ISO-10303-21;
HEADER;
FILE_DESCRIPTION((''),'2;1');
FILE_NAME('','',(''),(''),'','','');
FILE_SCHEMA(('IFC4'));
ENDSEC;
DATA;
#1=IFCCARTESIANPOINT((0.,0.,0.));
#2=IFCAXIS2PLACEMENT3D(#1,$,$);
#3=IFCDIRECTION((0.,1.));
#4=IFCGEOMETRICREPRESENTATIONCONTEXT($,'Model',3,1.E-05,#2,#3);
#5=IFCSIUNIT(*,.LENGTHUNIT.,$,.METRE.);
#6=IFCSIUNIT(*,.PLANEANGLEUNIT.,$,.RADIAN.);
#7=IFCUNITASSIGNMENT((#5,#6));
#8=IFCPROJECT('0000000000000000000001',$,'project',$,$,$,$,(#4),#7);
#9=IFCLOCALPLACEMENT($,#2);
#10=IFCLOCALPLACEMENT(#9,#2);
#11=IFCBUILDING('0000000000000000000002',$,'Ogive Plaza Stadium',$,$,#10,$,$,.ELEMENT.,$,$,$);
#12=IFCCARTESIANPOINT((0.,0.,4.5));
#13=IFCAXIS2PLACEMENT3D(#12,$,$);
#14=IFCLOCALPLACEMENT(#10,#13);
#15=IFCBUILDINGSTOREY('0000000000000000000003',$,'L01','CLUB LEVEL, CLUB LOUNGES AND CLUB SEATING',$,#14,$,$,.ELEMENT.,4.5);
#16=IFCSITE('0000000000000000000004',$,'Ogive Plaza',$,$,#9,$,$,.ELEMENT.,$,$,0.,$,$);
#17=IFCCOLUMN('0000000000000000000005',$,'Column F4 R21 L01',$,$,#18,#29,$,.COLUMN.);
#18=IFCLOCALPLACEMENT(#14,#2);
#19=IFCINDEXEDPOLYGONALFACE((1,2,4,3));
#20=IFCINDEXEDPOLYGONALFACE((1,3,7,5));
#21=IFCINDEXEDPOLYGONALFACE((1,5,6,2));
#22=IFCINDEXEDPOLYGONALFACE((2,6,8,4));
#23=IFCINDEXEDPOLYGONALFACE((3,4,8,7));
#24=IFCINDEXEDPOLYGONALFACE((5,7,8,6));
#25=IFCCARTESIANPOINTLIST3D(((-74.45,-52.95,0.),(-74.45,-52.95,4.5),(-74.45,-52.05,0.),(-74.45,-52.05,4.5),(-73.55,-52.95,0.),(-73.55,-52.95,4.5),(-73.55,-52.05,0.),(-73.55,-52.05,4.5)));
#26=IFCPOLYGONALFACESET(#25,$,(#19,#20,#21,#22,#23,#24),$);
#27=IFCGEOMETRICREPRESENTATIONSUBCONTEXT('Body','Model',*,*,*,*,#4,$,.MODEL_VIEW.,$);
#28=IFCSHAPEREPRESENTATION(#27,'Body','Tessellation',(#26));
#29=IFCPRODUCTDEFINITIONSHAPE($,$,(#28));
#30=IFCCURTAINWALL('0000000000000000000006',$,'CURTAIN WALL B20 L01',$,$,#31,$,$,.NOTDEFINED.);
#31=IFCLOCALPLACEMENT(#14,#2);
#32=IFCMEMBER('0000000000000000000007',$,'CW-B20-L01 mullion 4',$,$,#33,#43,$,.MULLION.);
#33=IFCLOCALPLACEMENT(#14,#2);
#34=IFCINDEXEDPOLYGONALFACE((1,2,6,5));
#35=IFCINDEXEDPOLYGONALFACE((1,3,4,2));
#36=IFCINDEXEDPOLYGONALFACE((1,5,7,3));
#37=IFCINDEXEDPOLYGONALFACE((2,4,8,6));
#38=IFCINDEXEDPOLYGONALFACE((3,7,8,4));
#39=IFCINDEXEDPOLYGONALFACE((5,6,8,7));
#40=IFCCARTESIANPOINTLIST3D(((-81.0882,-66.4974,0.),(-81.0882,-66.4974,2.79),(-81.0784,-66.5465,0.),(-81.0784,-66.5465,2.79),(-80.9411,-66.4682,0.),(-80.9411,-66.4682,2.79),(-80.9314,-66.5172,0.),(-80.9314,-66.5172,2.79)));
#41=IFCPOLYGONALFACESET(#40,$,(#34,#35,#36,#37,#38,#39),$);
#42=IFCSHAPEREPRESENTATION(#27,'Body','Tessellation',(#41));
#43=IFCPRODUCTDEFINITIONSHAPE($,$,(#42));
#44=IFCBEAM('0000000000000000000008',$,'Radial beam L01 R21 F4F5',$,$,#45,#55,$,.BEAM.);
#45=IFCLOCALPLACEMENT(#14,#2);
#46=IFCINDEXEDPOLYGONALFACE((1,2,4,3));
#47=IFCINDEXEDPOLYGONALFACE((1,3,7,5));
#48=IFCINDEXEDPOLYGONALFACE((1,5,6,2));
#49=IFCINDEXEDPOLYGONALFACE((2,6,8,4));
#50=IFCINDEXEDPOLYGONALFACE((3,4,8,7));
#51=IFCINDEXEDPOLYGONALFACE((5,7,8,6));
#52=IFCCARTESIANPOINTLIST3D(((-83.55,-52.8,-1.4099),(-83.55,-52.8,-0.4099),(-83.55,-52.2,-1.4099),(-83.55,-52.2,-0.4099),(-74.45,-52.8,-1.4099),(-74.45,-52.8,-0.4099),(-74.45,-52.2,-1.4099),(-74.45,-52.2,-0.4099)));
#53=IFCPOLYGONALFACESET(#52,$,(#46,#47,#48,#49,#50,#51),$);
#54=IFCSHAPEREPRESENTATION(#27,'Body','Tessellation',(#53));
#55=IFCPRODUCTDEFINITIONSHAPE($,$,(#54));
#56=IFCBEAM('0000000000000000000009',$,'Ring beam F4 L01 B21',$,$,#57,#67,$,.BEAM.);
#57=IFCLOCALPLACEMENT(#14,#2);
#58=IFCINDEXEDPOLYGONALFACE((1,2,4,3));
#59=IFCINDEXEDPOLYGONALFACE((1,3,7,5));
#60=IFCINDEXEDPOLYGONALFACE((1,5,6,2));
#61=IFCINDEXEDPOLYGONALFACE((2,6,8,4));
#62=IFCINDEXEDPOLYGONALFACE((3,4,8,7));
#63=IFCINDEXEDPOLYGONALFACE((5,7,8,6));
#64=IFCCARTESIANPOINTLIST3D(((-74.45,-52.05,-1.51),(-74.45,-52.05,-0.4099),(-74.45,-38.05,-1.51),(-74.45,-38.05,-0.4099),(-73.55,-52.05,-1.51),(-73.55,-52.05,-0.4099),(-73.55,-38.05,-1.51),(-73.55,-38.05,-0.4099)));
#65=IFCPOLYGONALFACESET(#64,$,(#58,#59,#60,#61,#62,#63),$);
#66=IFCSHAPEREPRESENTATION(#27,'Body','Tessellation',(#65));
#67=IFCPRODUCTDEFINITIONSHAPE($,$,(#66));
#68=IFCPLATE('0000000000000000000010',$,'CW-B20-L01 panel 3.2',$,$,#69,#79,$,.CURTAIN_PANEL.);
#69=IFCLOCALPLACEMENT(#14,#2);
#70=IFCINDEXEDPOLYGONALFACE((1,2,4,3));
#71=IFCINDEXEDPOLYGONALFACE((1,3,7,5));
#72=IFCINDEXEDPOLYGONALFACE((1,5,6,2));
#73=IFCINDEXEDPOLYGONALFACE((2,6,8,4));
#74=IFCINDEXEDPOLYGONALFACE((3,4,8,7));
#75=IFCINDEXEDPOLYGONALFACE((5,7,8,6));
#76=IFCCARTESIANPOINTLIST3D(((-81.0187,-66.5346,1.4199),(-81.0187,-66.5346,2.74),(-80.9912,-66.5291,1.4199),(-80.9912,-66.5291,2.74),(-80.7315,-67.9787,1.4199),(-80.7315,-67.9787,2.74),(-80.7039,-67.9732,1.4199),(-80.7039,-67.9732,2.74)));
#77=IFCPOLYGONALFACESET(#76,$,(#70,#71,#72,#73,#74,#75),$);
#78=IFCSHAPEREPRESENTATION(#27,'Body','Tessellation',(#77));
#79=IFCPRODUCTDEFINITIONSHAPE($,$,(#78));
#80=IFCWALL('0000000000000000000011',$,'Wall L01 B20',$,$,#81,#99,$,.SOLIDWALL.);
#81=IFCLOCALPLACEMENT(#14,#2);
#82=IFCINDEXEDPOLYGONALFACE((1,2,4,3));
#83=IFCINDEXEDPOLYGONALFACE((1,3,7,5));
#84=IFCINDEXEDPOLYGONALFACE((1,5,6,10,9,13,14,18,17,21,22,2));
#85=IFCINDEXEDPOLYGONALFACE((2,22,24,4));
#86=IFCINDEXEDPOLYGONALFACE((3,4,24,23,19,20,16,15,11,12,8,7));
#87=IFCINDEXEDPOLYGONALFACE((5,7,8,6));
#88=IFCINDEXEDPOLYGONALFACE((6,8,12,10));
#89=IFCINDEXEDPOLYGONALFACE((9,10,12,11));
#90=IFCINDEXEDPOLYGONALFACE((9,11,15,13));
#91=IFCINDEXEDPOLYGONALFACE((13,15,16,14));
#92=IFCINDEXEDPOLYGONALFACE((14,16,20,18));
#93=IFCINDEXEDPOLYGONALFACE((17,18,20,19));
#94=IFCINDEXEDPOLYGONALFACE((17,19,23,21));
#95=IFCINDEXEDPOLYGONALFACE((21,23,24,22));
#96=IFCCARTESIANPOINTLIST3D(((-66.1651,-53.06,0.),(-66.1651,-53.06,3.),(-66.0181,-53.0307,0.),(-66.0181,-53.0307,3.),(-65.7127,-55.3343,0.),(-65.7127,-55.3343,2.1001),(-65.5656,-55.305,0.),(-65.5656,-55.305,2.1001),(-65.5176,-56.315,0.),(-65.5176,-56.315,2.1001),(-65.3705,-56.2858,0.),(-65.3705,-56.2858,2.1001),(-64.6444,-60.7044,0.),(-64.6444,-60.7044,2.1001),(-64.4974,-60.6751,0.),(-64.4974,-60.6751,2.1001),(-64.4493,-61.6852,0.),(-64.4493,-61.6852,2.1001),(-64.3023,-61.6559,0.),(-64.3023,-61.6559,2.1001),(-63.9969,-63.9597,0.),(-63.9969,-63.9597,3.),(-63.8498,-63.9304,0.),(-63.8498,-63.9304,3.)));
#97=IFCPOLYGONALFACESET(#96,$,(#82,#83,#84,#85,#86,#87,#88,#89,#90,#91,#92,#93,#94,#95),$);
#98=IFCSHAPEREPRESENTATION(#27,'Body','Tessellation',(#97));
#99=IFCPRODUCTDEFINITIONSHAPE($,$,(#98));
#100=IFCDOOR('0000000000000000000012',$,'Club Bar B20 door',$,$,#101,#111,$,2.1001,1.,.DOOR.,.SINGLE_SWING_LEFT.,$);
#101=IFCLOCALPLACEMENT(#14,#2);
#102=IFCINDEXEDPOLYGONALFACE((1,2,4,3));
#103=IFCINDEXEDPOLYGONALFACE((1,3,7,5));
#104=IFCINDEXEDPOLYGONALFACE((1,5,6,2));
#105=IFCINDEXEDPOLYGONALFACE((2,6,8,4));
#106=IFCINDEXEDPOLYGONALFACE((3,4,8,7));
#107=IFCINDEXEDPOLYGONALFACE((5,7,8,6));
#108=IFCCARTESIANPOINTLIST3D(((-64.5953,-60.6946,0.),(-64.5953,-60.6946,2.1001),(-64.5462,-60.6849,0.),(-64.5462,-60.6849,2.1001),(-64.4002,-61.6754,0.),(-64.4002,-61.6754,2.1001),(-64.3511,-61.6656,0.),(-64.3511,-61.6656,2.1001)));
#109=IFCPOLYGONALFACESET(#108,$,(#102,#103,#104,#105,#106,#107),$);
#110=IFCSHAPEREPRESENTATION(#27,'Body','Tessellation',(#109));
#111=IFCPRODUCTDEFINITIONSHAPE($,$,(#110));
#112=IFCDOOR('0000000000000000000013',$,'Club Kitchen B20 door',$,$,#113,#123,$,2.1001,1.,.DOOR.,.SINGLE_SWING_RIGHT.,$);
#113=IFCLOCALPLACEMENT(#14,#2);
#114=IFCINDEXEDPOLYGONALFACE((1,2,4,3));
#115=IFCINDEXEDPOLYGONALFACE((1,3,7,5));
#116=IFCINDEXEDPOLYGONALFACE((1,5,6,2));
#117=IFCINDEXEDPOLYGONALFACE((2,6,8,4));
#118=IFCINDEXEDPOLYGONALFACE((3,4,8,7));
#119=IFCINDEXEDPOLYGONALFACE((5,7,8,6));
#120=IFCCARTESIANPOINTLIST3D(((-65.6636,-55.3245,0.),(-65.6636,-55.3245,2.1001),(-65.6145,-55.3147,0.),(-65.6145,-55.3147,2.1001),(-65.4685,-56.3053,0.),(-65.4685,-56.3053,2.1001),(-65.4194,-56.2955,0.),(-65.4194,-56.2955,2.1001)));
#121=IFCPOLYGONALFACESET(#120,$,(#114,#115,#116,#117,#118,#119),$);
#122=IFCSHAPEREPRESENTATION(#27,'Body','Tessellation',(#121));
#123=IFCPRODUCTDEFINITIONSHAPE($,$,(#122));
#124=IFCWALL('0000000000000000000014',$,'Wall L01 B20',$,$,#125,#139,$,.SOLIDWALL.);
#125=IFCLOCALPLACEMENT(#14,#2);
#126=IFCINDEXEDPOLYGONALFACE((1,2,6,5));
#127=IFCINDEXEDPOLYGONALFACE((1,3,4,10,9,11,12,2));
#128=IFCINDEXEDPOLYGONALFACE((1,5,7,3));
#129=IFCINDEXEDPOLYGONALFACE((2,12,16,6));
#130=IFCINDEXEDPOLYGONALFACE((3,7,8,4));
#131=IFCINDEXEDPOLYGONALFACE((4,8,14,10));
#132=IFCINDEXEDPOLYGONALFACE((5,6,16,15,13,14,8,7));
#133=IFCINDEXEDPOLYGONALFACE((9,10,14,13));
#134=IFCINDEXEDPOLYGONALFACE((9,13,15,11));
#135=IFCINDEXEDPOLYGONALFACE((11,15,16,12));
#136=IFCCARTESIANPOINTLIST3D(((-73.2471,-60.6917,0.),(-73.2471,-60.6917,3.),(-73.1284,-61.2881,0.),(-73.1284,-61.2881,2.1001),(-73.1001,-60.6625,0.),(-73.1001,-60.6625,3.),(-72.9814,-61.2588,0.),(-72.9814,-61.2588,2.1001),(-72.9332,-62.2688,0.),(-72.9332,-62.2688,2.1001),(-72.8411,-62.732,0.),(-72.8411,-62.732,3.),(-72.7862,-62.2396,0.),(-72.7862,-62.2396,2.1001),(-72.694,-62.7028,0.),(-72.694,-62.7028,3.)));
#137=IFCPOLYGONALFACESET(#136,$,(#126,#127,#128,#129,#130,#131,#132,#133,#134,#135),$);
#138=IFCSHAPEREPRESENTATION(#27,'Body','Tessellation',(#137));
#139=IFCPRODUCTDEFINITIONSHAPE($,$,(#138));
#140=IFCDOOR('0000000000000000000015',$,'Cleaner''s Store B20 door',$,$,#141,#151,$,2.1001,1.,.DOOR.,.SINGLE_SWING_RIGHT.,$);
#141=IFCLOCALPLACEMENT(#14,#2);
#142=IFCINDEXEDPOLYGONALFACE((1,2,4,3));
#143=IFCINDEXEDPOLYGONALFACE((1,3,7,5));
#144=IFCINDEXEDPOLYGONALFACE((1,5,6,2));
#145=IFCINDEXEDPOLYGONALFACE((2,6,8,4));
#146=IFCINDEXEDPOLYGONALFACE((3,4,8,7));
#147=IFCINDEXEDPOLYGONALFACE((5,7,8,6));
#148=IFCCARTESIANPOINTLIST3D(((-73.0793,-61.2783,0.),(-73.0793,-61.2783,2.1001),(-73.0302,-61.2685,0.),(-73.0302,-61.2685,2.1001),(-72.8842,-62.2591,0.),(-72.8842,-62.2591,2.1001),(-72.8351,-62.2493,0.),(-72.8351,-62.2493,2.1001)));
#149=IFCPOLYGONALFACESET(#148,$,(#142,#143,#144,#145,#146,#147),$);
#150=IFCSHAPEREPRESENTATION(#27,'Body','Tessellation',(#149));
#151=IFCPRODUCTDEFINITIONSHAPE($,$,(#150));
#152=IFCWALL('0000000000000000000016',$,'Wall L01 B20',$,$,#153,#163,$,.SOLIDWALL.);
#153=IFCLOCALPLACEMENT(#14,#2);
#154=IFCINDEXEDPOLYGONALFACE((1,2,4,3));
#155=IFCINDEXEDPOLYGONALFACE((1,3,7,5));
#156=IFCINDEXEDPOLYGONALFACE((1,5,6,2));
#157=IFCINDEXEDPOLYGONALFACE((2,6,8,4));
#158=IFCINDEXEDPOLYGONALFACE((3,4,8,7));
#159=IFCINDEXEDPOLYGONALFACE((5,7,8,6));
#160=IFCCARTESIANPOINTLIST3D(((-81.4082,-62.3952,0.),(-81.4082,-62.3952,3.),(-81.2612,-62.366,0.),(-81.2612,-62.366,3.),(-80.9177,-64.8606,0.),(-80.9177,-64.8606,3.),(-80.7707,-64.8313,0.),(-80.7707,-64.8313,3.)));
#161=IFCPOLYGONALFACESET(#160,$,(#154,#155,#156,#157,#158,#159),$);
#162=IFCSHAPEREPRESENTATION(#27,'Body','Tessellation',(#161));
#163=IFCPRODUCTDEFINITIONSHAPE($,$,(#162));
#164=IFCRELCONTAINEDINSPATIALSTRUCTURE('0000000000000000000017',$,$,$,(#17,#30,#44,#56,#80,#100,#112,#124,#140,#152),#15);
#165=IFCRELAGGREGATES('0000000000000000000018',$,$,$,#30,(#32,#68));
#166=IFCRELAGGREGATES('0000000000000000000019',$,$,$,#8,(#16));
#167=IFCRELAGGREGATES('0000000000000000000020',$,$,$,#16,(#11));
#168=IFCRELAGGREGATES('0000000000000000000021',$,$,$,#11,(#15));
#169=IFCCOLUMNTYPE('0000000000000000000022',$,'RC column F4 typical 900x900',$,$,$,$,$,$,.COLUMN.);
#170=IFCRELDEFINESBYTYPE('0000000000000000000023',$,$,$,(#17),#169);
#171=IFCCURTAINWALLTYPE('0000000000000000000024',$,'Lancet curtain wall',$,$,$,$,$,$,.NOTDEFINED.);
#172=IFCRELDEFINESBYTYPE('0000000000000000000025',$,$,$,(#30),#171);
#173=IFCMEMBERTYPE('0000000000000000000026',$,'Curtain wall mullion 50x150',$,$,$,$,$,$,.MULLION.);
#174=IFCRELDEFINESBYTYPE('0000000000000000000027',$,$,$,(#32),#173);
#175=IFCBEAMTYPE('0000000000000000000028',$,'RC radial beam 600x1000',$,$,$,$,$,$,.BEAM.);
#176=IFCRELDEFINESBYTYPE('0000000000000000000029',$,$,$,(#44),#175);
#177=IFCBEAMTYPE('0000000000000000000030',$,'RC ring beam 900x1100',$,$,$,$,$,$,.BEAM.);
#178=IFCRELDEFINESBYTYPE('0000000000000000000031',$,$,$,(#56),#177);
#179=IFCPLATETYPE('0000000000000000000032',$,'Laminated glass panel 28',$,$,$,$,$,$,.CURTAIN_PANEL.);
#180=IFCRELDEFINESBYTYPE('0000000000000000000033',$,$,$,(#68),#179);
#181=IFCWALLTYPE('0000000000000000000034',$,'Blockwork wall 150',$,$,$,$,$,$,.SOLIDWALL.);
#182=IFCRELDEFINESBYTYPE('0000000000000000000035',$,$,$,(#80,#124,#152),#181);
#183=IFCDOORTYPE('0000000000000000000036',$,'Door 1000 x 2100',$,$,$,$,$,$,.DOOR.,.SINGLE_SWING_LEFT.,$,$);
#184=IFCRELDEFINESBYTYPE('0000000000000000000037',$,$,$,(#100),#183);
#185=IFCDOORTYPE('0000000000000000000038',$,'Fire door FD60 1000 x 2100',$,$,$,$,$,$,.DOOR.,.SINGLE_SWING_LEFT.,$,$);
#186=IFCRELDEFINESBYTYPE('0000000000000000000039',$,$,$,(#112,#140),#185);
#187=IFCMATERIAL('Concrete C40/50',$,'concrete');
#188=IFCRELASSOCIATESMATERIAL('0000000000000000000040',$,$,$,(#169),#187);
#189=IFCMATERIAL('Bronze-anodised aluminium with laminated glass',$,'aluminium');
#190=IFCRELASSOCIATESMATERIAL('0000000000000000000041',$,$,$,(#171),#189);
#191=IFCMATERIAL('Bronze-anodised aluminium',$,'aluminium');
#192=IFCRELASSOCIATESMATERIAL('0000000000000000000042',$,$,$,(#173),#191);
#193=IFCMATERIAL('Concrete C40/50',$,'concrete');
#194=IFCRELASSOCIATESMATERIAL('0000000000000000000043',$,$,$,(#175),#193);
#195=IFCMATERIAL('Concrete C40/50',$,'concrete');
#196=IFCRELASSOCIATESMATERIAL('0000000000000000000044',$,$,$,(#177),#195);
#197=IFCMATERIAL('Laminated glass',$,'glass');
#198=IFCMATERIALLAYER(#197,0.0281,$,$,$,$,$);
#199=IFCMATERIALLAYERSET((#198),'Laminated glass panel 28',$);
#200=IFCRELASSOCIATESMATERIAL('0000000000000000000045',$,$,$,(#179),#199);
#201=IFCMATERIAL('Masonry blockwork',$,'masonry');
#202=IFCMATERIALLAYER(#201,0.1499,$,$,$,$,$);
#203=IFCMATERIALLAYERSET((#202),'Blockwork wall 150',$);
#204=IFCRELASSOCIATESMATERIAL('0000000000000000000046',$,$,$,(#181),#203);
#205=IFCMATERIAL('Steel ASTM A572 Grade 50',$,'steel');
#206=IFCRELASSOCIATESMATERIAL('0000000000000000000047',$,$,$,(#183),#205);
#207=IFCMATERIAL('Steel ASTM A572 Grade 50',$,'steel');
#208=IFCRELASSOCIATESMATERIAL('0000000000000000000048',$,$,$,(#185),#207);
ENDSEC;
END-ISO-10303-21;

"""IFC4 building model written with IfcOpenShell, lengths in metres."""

from ifc_helpers import new_model, si_unit, direction, frame, frame_2d, origin, origin_2d, place, context, subcontext, project, spatial, rectangle, extrude, material, layer, layer_set, material_profile, profile_set, type_object, element, fill, aggregate, save


model = new_model("IFC4")

# Units and contexts
model_context = context("Model", 3, precision=1e-05, world=origin(), true_north=direction((0.0, 1.0)))
body_context = subcontext(model_context, "Body", "Model", "MODEL_VIEW")
ifc_project = project(units=[si_unit("LENGTHUNIT", "METRE"), si_unit("PLANEANGLEUNIT", "RADIAN")], contexts=[model_context])

# Site, building, storey
site_placement = place(None, origin())
site = spatial("IfcSite", under=ifc_project, at=site_placement, Name="Ogive Plaza", CompositionType="ELEMENT", RefElevation=0.0)
building_placement = place(site_placement, origin())
building = spatial("IfcBuilding", under=site, at=building_placement, Name="Ogive Plaza Stadium", CompositionType="ELEMENT")
storey_placement = place(building_placement, frame((0.0, 0.0, 4.5)))
storey = spatial("IfcBuildingStorey", under=building, at=storey_placement, Name="L01", Description="CLUB LEVEL, CLUB LOUNGES AND CLUB SEATING", CompositionType="ELEMENT", Elevation=4.5)

# Column
ifc_material_1 = material(Name="Concrete C40/50", Category="concrete")
ifc_material_profile_1 = material_profile(ifc_material_1, rectangle(XDim=0.8999, YDim=0.8999, at=origin_2d()), Name="RC 900x900")
ifc_profile_set_1 = profile_set([ifc_material_profile_1], Name="Concrete C40/50")
column_type = type_object("IfcColumnType", Name="RC column F4 typical 900x900", PredefinedType="COLUMN", material=ifc_profile_set_1)
column_placement = place(storey_placement, frame((-74.0, -52.5, 0.0), z_axis=(0.0, 0.0, 1.0), x_axis=(0.0, -1.0, 0.0)))
element("IfcColumn", 1, at=column_placement, inside=storey, type_object=column_type, Name="Column F4 R21 L01", PredefinedType="COLUMN", context=body_context, shape_type="SweptSolid", body=[
    extrude(rectangle(XDim=0.8999, YDim=0.8999, at=origin_2d()), origin(), (0.0, 0.0, 1.0), 4.5),
])

# Curtain wall, member
ifc_material_2 = material(Name="Bronze-anodised aluminium with laminated glass", Category="aluminium")
curtain_wall_type = type_object("IfcCurtainWallType", Name="Lancet curtain wall", PredefinedType="NOTDEFINED", material=ifc_material_2)
curtain_wall_placement = place(storey_placement, origin())
curtain_wall = element("IfcCurtainWall", 2, at=curtain_wall_placement, inside=storey, type_object=curtain_wall_type, Name="CURTAIN WALL B20 L01", PredefinedType="NOTDEFINED")
ifc_material_3 = material(Name="Bronze-anodised aluminium", Category="aluminium")
ifc_material_profile_2 = material_profile(ifc_material_3, rectangle(XDim=0.1499, YDim=0.05, at=origin_2d()), Name="AL 150x50")
ifc_profile_set_2 = profile_set([ifc_material_profile_2], Name="Bronze-anodised aluminium")
member_type = type_object("IfcMemberType", Name="Curtain wall mullion 50x150", PredefinedType="MULLION", material=ifc_profile_set_2)
member_placement = place(storey_placement, frame((-81.0098, -66.5073, 0.0), z_axis=(0.0, 0.0, 1.0), x_axis=(-0.980785, -0.19509, 0.0)))
member = element("IfcMember", 3, at=member_placement, type_object=member_type, Name="CW-B20-L01 mullion 4", PredefinedType="MULLION", context=body_context, shape_type="SweptSolid", body=[
    extrude(rectangle(XDim=0.1499, YDim=0.05, at=origin_2d()), origin(), (0.0, 0.0, 1.0), 2.79),
])

# Beams
ifc_material_4 = material(Name="Concrete C40/50", Category="concrete")
ifc_material_profile_3 = material_profile(ifc_material_4, rectangle(XDim=0.6001, YDim=1.0, at=origin_2d()), Name="RC 600x1000")
ifc_profile_set_3 = profile_set([ifc_material_profile_3], Name="Concrete C40/50")
beam_type_1 = type_object("IfcBeamType", Name="RC radial beam 600x1000", PredefinedType="BEAM", material=ifc_profile_set_3)
beam_1_placement = place(storey_placement, frame((-74.45, -52.5, -0.9099), z_axis=(-1.0, 0.0, 0.0), x_axis=(0.0, -1.0, 0.0)))
element("IfcBeam", 4, at=beam_1_placement, inside=storey, type_object=beam_type_1, Name="Radial beam L01 R21 F4F5", PredefinedType="BEAM", context=body_context, shape_type="SweptSolid", body=[
    extrude(rectangle(XDim=0.6001, YDim=1.0, at=origin_2d()), origin(), (0.0, 0.0, 1.0), 9.1001),
])
ifc_material_5 = material(Name="Concrete C40/50", Category="concrete")
ifc_material_profile_4 = material_profile(ifc_material_5, rectangle(XDim=0.8999, YDim=1.1001, at=origin_2d()), Name="RC 900x1100")
ifc_profile_set_4 = profile_set([ifc_material_profile_4], Name="Concrete C40/50")
beam_type_2 = type_object("IfcBeamType", Name="RC ring beam 900x1100", PredefinedType="BEAM", material=ifc_profile_set_4)
beam_2_placement = place(storey_placement, frame((-74.0, -52.05, -0.96), z_axis=(0.0, 1.0, 0.0), x_axis=(-1.0, 0.0, 0.0)))
element("IfcBeam", 5, at=beam_2_placement, inside=storey, type_object=beam_type_2, Name="Ring beam F4 L01 B21", PredefinedType="BEAM", context=body_context, shape_type="SweptSolid", body=[
    extrude(rectangle(XDim=0.8999, YDim=1.1001, at=origin_2d()), origin(), (0.0, 0.0, 1.0), 14.0),
])

# Plate
ifc_material_6 = material(Name="Laminated glass", Category="glass")
ifc_layer_1 = layer(ifc_material_6, 0.0281)
ifc_layer_set_1 = layer_set([ifc_layer_1], Name="Laminated glass panel 28")
plate_type = type_object("IfcPlateType", Name="Laminated glass panel 28", PredefinedType="CURTAIN_PANEL", material=ifc_layer_set_1)
plate_placement = place(storey_placement, frame((-80.8613, -67.2539, 1.4199), z_axis=(0.0, 0.0, 1.0), x_axis=(-0.19509, 0.980785, 0.0)))
plate = element("IfcPlate", 6, at=plate_placement, type_object=plate_type, Name="CW-B20-L01 panel 3.2", PredefinedType="CURTAIN_PANEL", context=body_context, shape_type="SweptSolid", body=[
    extrude(rectangle(XDim=1.4724, YDim=0.0281, at=origin_2d()), origin(), (0.0, 0.0, 1.0), 1.3201),
])
aggregate(curtain_wall, [member, plate])

# Wall, openings, doors
ifc_material_7 = material(Name="Masonry blockwork", Category="masonry")
ifc_layer_2 = layer(ifc_material_7, 0.1499)
ifc_layer_set_2 = layer_set([ifc_layer_2], Name="Blockwork wall 150")
wall_type_1 = type_object("IfcWallType", Name="Blockwork wall 150", PredefinedType="SOLIDWALL", material=ifc_layer_set_2)
wall_1_placement = place(storey_placement, frame((-63.9233, -63.9451, 0.0), z_axis=(0.0, 0.0, 1.0), x_axis=(-0.195102, 0.980783, 0.0)))
wall_1 = element("IfcWall", 7, at=wall_1_placement, inside=storey, type_object=wall_type_1, Name="Wall L01 B20", PredefinedType="SOLIDWALL", context=body_context, shape_type="SweptSolid", body=[
    extrude(rectangle(XDim=11.1133, YDim=0.1499, at=frame_2d((5.5566, 0.0))), origin(), (0.0, 0.0, 1.0), 3.0),
])
opening_1_placement = place(wall_1_placement, frame((2.3191, 0.0, 0.0)))
opening_1 = element("IfcOpeningElement", 8, at=opening_1_placement, cuts=wall_1, PredefinedType="OPENING", context=body_context, shape_type="SweptSolid", body=[
    extrude(rectangle(XDim=1.0, YDim=2.1001, at=frame_2d((0.5, 1.05))), frame((0.0, 0.075, 0.0), z_axis=(0.0, -1.0, 0.0), x_axis=(1.0, 0.0, 0.0)), (0.0, 0.0, 1.0), 0.1499),
])
opening_2_placement = place(wall_1_placement, frame((7.7944, 0.0, 0.0)))
opening_2 = element("IfcOpeningElement", 9, at=opening_2_placement, cuts=wall_1, PredefinedType="OPENING", context=body_context, shape_type="SweptSolid", body=[
    extrude(rectangle(XDim=1.0, YDim=2.1001, at=frame_2d((0.5, 1.05))), frame((0.0, 0.075, 0.0), z_axis=(0.0, -1.0, 0.0), x_axis=(1.0, 0.0, 0.0)), (0.0, 0.0, 1.0), 0.1499),
])
ifc_material_8 = material(Name="Steel ASTM A572 Grade 50", Category="steel")
door_type_1 = type_object("IfcDoorType", Name="Door 1000 x 2100", OperationType="SINGLE_SWING_LEFT", PredefinedType="DOOR", material=ifc_material_8)
door_1_placement = place(opening_1_placement, origin())
door_1 = element("IfcDoor", 10, at=door_1_placement, inside=storey, type_object=door_type_1, Name="Club Bar B20 door", OperationType="SINGLE_SWING_LEFT", OverallHeight=2.1001, OverallWidth=1.0, PredefinedType="DOOR", context=body_context, shape_type="SweptSolid", body=[
    extrude(rectangle(XDim=1.0, YDim=2.1001, at=frame_2d((0.5, 1.05))), frame((0.0, 0.0249, 0.0), z_axis=(0.0, -1.0, 0.0), x_axis=(1.0, 0.0, 0.0)), (0.0, 0.0, 1.0), 0.05),
])
fill(opening_1, door_1)
ifc_material_9 = material(Name="Steel ASTM A572 Grade 50", Category="steel")
door_type_2 = type_object("IfcDoorType", Name="Fire door FD60 1000 x 2100", OperationType="SINGLE_SWING_LEFT", PredefinedType="DOOR", material=ifc_material_9)
door_2_placement = place(opening_2_placement, origin())
door_2 = element("IfcDoor", 11, at=door_2_placement, inside=storey, type_object=door_type_2, Name="Club Kitchen B20 door", OperationType="SINGLE_SWING_RIGHT", OverallHeight=2.1001, OverallWidth=1.0, PredefinedType="DOOR", context=body_context, shape_type="SweptSolid", body=[
    extrude(rectangle(XDim=1.0, YDim=2.1001, at=frame_2d((0.5, 1.05))), frame((0.0, 0.0249, 0.0), z_axis=(0.0, -1.0, 0.0), x_axis=(1.0, 0.0, 0.0)), (0.0, 0.0, 1.0), 0.05),
])
fill(opening_2, door_2)

# Wall, opening, door
wall_2_placement = place(storey_placement, frame((-72.7676, -62.7173, 0.0), z_axis=(0.0, 0.0, 1.0), x_axis=(-0.195168, 0.98077, 0.0)))
wall_2 = element("IfcWall", 12, at=wall_2_placement, inside=storey, type_object=wall_type_1, Name="Wall L01 B20", PredefinedType="SOLIDWALL", context=body_context, shape_type="SweptSolid", body=[
    extrude(rectangle(XDim=2.0803, YDim=0.1499, at=frame_2d((1.04, 0.0))), origin(), (0.0, 0.0, 1.0), 3.0),
])
opening_3_placement = place(wall_2_placement, frame((0.4722, 0.0, 0.0)))
opening_3 = element("IfcOpeningElement", 13, at=opening_3_placement, cuts=wall_2, PredefinedType="OPENING", context=body_context, shape_type="SweptSolid", body=[
    extrude(rectangle(XDim=1.0, YDim=2.1001, at=frame_2d((0.5, 1.05))), frame((0.0, 0.075, 0.0), z_axis=(0.0, -1.0, 0.0), x_axis=(1.0, 0.0, 0.0)), (0.0, 0.0, 1.0), 0.1499),
])
door_3_placement = place(opening_3_placement, origin())
door_3 = element("IfcDoor", 14, at=door_3_placement, inside=storey, type_object=door_type_2, Name="Cleaner's Store B20 door", OperationType="SINGLE_SWING_RIGHT", OverallHeight=2.1001, OverallWidth=1.0, PredefinedType="DOOR", context=body_context, shape_type="SweptSolid", body=[
    extrude(rectangle(XDim=1.0, YDim=2.1001, at=frame_2d((0.5, 1.05))), frame((0.0, 0.0249, 0.0), z_axis=(0.0, -1.0, 0.0), x_axis=(1.0, 0.0, 0.0)), (0.0, 0.0, 1.0), 0.05),
])
fill(opening_3, door_3)

# Wall
wall_3_placement = place(storey_placement, frame((-80.8442, -64.8459, 0.0), z_axis=(0.0, 0.0, 1.0), x_axis=(-0.195126, 0.980778, 0.0)))
element("IfcWall", 15, at=wall_3_placement, inside=storey, type_object=wall_type_1, Name="Wall L01 B20", PredefinedType="SOLIDWALL", context=body_context, shape_type="SweptSolid", body=[
    extrude(rectangle(XDim=2.5137, YDim=0.1499, at=frame_2d((1.2568, 0.0))), origin(), (0.0, 0.0, 1.0), 3.0),
])

save(model, "model.ifc")
